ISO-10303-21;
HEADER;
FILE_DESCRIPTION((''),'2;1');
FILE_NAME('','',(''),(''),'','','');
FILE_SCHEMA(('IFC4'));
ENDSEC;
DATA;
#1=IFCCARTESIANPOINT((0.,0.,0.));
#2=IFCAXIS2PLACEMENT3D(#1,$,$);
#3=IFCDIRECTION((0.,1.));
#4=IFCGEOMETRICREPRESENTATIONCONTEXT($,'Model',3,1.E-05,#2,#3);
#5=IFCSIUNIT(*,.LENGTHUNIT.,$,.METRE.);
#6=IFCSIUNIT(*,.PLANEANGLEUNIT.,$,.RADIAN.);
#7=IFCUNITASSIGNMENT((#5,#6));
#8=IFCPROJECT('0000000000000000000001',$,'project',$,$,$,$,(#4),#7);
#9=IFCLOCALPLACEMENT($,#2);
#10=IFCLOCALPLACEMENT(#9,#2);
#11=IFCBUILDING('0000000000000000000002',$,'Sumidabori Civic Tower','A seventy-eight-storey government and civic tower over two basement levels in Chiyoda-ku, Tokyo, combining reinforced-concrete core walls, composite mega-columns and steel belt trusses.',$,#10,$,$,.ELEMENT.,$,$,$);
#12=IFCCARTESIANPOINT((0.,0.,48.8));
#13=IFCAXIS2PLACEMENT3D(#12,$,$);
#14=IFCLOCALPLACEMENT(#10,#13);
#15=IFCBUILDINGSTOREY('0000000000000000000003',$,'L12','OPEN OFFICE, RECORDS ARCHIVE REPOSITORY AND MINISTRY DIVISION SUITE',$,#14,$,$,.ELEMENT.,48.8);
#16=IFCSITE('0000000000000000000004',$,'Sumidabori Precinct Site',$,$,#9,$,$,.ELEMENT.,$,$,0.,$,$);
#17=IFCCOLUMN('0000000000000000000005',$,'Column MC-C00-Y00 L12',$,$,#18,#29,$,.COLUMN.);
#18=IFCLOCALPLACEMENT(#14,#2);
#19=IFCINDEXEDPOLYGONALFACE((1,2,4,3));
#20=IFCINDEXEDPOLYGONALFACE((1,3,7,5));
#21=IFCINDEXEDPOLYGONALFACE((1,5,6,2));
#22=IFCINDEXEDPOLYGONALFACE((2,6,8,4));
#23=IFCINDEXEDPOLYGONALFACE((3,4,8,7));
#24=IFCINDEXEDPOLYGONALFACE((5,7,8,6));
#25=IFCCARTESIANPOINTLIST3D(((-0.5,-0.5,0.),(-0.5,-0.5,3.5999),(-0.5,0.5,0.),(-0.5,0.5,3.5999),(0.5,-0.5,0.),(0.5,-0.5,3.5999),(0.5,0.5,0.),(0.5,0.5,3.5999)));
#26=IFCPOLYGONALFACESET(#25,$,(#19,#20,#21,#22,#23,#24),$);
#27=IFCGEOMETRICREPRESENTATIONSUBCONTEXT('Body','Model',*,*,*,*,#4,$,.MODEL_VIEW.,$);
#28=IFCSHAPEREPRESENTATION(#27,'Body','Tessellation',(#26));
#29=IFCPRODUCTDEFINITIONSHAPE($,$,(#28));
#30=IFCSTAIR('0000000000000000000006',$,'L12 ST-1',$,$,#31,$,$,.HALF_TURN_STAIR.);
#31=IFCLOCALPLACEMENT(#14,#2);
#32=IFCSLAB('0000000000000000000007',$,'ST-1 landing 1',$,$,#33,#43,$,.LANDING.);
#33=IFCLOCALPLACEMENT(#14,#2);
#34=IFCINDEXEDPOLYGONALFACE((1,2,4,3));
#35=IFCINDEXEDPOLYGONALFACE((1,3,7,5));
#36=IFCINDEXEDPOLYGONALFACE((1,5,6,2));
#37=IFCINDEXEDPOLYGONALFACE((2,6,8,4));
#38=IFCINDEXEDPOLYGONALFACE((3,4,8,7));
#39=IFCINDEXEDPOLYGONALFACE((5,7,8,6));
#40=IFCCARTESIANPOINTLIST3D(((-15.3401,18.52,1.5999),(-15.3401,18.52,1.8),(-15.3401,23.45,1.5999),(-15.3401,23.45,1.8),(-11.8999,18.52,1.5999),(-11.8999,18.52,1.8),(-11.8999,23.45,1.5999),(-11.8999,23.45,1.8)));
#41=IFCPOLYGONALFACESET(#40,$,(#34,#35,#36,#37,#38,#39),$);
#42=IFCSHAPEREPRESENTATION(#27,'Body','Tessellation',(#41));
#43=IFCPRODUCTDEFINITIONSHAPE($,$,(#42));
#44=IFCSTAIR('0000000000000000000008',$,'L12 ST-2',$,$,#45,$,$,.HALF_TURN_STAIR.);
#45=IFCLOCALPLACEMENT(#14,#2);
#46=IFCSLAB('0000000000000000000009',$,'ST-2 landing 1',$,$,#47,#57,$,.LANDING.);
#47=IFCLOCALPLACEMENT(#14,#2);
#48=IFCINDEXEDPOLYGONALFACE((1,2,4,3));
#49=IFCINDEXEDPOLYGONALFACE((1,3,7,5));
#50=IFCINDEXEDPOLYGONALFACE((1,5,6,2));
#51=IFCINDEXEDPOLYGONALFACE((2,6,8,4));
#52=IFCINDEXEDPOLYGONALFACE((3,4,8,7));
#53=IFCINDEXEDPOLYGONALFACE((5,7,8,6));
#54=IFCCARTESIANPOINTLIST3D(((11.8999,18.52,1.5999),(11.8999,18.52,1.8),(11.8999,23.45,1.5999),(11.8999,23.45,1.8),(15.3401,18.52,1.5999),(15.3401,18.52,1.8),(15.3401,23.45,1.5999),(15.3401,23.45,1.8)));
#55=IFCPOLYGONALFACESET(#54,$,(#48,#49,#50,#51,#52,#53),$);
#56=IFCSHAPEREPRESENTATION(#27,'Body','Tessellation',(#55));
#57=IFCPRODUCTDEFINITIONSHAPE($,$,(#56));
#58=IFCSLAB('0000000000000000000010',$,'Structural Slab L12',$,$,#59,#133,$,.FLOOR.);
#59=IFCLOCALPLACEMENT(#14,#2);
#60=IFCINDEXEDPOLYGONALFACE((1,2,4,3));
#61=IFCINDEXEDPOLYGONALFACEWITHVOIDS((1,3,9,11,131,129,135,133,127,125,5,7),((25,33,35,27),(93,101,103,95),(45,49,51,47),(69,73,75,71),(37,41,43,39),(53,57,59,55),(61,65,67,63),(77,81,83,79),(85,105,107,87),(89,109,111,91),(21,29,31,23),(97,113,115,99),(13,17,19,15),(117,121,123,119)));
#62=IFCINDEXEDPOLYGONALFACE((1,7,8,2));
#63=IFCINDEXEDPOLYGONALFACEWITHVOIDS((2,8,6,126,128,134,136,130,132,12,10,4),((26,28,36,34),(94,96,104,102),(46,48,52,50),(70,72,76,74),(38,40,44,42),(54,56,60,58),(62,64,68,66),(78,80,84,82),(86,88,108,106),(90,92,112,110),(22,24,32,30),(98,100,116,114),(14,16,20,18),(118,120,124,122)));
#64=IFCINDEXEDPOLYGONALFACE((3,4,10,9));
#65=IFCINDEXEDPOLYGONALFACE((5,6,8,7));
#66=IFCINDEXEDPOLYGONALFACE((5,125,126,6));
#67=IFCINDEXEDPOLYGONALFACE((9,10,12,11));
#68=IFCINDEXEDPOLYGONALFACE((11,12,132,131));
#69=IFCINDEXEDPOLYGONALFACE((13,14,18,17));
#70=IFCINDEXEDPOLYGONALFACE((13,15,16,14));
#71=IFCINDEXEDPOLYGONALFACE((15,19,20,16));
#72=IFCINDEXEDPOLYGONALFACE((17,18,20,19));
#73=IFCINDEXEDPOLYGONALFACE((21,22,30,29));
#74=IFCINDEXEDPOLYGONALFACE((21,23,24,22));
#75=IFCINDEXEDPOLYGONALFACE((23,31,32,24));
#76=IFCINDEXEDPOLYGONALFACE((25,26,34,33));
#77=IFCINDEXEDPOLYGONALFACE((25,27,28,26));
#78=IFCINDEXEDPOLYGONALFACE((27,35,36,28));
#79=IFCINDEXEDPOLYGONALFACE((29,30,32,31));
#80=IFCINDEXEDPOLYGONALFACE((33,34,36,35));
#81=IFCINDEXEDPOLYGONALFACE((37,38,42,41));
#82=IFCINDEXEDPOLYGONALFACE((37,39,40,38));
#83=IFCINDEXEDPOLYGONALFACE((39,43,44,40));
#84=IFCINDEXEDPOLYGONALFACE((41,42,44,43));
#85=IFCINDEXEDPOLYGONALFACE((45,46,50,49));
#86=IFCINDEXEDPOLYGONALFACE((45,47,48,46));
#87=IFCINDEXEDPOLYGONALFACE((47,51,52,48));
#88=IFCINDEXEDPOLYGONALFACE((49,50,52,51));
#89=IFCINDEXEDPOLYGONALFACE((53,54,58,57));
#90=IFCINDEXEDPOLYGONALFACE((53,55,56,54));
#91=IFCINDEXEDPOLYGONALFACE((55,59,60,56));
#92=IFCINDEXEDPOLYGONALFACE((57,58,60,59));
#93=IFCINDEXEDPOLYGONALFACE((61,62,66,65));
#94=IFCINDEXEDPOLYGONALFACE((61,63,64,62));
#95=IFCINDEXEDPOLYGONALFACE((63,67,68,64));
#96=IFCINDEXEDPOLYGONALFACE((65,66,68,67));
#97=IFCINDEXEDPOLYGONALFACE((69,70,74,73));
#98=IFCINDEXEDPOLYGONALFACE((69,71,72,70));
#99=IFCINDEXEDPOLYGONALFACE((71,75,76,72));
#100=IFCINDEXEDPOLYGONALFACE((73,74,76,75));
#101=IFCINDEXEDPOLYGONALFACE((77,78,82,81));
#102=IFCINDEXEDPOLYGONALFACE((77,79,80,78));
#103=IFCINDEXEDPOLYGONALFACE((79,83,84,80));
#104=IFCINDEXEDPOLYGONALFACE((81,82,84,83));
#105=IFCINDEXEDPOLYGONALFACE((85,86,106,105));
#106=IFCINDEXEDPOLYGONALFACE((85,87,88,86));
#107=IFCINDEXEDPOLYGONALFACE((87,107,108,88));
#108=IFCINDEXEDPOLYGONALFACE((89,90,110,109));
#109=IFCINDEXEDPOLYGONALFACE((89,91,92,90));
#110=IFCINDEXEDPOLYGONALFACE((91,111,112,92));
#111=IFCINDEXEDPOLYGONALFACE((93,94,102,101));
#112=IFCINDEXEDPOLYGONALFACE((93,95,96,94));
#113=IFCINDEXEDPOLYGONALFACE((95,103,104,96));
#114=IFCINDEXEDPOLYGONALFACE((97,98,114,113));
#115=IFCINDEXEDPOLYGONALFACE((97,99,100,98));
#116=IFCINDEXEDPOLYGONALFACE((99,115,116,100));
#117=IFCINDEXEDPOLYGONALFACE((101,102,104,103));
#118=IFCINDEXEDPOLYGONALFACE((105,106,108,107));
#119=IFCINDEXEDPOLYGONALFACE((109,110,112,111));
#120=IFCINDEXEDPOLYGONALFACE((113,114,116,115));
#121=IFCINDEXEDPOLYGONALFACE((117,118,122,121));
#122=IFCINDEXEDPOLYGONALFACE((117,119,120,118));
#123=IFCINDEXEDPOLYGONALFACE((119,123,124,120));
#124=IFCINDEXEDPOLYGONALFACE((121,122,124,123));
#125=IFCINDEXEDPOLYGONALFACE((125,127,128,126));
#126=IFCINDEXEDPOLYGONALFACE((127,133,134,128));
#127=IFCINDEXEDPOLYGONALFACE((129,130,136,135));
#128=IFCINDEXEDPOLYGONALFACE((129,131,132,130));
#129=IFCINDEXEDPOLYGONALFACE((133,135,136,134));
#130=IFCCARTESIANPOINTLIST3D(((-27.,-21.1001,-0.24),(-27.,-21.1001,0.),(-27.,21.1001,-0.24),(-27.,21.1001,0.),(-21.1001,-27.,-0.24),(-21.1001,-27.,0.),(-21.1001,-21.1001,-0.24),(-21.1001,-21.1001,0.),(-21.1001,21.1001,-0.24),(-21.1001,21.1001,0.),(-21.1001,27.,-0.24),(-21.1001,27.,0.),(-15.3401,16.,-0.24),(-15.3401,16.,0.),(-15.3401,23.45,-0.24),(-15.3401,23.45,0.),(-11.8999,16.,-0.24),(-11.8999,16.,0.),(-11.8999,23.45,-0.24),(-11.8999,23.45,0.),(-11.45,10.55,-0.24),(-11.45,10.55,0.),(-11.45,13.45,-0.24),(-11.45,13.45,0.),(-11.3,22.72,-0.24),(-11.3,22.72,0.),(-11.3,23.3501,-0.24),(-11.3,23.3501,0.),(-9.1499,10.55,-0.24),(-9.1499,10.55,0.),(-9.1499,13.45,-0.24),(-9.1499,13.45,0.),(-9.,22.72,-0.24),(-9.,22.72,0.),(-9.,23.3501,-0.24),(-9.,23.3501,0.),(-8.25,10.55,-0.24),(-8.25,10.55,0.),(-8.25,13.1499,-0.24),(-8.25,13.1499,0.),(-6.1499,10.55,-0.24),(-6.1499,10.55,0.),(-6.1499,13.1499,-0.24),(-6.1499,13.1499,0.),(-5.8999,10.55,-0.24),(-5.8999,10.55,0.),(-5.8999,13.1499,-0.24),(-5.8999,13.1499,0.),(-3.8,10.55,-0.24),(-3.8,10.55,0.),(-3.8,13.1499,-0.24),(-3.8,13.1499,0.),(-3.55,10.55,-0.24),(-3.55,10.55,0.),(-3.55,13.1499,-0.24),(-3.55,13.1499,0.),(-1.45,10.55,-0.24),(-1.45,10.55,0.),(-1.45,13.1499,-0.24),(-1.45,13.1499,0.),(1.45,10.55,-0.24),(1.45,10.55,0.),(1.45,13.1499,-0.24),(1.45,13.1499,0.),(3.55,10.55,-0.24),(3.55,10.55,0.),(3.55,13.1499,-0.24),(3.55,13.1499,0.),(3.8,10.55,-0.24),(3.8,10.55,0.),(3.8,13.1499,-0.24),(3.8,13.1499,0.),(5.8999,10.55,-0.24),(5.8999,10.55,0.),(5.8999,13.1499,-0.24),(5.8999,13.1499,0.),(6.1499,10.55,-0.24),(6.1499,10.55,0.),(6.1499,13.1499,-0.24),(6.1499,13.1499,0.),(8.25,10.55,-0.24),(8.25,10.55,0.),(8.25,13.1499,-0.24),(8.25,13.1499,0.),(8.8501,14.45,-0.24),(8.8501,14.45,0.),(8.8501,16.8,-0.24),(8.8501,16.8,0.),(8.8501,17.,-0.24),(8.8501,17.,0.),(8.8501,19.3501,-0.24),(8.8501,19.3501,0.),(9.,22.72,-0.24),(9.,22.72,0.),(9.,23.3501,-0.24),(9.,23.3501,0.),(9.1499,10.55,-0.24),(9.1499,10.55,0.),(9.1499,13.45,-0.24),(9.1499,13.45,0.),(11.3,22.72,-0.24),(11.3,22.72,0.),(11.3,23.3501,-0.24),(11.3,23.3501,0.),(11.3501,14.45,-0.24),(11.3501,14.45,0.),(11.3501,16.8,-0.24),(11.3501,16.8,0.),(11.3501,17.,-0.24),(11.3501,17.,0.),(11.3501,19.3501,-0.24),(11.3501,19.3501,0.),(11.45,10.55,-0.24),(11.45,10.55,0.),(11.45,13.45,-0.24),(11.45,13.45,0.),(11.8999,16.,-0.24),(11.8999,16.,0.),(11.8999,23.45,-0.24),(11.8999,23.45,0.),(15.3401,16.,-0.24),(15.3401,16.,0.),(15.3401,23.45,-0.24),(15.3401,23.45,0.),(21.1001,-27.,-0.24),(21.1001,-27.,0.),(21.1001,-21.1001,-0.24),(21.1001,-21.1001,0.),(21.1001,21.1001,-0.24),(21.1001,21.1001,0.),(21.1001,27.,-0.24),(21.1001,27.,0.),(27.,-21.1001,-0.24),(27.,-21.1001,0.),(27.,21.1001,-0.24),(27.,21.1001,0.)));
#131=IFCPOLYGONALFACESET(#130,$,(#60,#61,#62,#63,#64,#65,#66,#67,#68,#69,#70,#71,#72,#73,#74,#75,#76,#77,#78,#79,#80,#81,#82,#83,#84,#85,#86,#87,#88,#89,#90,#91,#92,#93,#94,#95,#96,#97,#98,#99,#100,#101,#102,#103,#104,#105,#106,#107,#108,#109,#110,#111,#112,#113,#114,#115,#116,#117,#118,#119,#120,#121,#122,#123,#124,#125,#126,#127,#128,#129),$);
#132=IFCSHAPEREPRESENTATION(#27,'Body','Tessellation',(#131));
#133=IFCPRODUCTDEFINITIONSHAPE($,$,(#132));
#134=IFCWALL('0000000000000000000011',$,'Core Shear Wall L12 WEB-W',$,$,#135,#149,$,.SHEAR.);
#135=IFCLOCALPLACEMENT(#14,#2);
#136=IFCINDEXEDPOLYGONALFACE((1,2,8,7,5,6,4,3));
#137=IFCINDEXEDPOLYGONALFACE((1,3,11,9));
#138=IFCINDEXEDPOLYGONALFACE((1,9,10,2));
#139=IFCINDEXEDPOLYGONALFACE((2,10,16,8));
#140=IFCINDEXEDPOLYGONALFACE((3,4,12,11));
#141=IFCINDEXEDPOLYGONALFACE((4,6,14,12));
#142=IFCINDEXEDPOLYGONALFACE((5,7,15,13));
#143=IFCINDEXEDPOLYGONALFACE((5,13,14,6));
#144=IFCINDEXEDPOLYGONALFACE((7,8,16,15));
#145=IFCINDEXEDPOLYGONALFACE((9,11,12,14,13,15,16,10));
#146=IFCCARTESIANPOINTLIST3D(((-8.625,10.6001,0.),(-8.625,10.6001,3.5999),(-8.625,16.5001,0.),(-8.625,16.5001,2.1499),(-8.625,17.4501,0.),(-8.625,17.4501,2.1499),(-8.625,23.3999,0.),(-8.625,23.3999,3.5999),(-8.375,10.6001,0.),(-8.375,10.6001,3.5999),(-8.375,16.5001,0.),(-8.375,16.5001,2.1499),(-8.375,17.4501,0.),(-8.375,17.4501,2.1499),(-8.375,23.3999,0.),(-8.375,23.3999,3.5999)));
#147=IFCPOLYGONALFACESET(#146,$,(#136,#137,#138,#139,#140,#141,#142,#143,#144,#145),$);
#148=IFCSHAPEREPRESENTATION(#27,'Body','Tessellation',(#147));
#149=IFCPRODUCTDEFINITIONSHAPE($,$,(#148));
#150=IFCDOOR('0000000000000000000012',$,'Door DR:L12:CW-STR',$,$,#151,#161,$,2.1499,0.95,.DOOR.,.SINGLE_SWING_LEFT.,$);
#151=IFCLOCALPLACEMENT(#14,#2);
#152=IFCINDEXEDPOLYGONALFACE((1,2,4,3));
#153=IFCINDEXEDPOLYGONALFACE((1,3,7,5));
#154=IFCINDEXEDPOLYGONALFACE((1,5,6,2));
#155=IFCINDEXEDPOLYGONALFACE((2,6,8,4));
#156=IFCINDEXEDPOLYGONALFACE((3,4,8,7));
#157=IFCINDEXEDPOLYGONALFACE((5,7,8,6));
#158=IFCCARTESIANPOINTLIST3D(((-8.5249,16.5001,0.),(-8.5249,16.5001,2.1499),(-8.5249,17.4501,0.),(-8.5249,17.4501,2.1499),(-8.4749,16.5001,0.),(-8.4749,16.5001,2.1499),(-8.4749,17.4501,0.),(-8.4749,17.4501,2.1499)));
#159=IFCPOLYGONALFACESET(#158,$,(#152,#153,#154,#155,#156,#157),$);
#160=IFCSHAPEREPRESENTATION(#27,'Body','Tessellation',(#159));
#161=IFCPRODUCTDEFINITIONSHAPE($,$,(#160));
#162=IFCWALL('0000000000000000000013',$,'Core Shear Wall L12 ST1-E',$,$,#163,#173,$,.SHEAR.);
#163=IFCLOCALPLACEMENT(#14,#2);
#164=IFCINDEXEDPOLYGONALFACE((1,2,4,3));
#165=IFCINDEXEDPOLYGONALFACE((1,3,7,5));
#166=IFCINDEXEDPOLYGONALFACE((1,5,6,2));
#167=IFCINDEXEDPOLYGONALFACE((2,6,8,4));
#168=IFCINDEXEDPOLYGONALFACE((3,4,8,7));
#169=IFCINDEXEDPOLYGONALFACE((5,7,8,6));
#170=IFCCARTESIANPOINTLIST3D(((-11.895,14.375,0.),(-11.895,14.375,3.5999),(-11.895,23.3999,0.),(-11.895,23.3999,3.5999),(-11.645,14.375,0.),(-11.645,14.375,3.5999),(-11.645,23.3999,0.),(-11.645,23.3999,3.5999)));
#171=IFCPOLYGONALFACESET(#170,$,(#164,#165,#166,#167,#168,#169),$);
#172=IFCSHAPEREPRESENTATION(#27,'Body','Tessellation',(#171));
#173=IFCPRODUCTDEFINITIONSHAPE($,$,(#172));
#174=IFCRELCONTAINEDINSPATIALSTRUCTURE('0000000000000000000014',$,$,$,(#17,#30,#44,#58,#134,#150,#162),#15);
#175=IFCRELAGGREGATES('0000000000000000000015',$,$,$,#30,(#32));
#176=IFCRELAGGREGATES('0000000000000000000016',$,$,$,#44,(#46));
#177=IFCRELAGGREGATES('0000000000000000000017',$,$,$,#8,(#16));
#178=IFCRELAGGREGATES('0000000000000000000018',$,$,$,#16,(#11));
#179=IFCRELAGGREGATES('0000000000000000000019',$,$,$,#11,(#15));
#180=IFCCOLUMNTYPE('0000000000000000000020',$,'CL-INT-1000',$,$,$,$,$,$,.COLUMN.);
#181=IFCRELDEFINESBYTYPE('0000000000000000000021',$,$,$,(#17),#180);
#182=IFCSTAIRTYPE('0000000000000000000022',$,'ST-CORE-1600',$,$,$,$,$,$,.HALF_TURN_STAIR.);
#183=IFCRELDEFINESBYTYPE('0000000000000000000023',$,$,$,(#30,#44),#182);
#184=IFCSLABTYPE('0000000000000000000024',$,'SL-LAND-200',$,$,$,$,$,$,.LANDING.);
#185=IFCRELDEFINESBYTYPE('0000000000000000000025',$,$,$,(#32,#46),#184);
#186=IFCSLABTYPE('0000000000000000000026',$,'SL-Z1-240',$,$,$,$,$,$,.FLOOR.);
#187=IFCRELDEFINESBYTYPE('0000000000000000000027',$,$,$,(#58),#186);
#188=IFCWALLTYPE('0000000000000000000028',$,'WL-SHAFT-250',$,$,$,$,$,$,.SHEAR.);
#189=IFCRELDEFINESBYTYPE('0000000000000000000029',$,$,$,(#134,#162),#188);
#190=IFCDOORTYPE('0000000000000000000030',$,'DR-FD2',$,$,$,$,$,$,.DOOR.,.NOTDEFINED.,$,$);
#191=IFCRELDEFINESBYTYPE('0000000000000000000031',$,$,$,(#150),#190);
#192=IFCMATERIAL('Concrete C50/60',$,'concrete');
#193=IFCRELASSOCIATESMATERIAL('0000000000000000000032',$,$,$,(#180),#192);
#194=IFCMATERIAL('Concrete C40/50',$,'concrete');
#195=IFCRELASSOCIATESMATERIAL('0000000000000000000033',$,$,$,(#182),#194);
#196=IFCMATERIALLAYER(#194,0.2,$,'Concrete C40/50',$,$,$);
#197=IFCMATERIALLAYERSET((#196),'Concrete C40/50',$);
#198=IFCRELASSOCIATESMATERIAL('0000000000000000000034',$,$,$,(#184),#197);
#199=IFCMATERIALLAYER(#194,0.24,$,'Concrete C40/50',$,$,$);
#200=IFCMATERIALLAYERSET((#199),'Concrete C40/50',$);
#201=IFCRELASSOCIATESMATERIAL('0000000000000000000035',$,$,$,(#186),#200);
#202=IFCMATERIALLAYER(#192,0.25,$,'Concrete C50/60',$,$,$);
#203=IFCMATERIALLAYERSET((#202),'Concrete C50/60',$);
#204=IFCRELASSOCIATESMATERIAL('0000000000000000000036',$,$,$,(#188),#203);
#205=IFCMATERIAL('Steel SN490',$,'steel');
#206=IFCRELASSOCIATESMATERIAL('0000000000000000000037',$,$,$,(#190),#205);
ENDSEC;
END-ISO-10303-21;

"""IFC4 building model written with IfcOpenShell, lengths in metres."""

from ifc_helpers import new_model, si_unit, direction, frame, frame_2d, origin, origin_with_axes, origin_2d, place, context, subcontext, project, spatial, polyline, rectangle, outline, extrude, source, transform, mapped, material, layer, layer_set, material_profile, profile_set, type_object, element, fill, aggregate, save


model = new_model("IFC4")

# Units and contexts
model_context = context("Model", 3, precision=1e-05, world=origin(), true_north=direction((0.0, 1.0)))
body_context = subcontext(model_context, "Body", "Model", "MODEL_VIEW")
ifc_project = project(units=[si_unit("LENGTHUNIT", "METRE"), si_unit("PLANEANGLEUNIT", "RADIAN")], contexts=[model_context])

# Site, building, storey
site_placement = place(None, origin())
site = spatial("IfcSite", under=ifc_project, at=site_placement, Name="Sumidabori Precinct Site", CompositionType="ELEMENT", RefElevation=0.0)
building_placement = place(site_placement, origin())
building = spatial("IfcBuilding", under=site, at=building_placement, Name="Sumidabori Civic Tower", Description="A seventy-eight-storey government and civic tower over two basement levels in Chiyoda-ku, Tokyo, combining reinforced-concrete core walls, composite mega-columns and steel belt trusses.", CompositionType="ELEMENT")
storey_placement = place(building_placement, frame((0.0, 0.0, 48.8)))
storey = spatial("IfcBuildingStorey", under=building, at=storey_placement, Name="L12", Description="OPEN OFFICE, RECORDS ARCHIVE REPOSITORY AND MINISTRY DIVISION SUITE", CompositionType="ELEMENT", Elevation=48.8)

# Column
ifc_material_1 = material(Name="Concrete C50/60", Category="concrete")
ifc_material_profile = material_profile(ifc_material_1, rectangle(XDim=1.0, YDim=1.0, at=origin_2d()), Name="RC 1000x1000")
ifc_profile_set = profile_set([ifc_material_profile], Name="Concrete C50/60")
column_type = type_object("IfcColumnType", Name="CL-INT-1000", PredefinedType="COLUMN", material=ifc_profile_set)
shared_shape_1 = source(origin(), body_context, "Body", "SweptSolid", [
    extrude(rectangle(XDim=1.0, YDim=1.0, at=origin_2d()), origin(), (0.0, 0.0, 1.0), 3.5999),
])
column_placement = place(storey_placement, origin_with_axes())
element("IfcColumn", 1, at=column_placement, inside=storey, type_object=column_type, Name="Column MC-C00-Y00 L12", PredefinedType="COLUMN", context=body_context, shape_type="MappedRepresentation", body=[
    mapped(shared_shape_1, transform((0.0, 0.0, 0.0), x_axis=(1.0, 0.0, 0.0), y_axis=(0.0, 1.0, 0.0), z_axis=(0.0, 0.0, 1.0), scale=1.0)),
])

# Stairs, slabs
ifc_material_2 = material(Name="Concrete C40/50", Category="concrete")
stair_type = type_object("IfcStairType", Name="ST-CORE-1600", PredefinedType="HALF_TURN_STAIR", material=ifc_material_2)
stair_1_placement = place(storey_placement, origin())
stair_1 = element("IfcStair", 2, at=stair_1_placement, inside=storey, type_object=stair_type, Name="L12 ST-1", PredefinedType="HALF_TURN_STAIR")
ifc_layer_1 = layer(ifc_material_2, 0.2, Name="Concrete C40/50")
ifc_layer_set_1 = layer_set([ifc_layer_1], Name="Concrete C40/50")
slab_type_1 = type_object("IfcSlabType", Name="SL-LAND-200", PredefinedType="LANDING", material=ifc_layer_set_1)
slab_1_placement = place(storey_placement, frame((0.0, 0.0, 1.5999)))
slab_1 = element("IfcSlab", 3, at=slab_1_placement, type_object=slab_type_1, Name="ST-1 landing 1", PredefinedType="LANDING", context=body_context, shape_type="SweptSolid", body=[
    extrude(outline(polyline([(-11.8999, 18.52), (-11.8999, 23.45), (-15.3401, 23.45), (-15.3401, 18.52), (-11.8999, 18.52)])), origin(), (0.0, 0.0, 1.0), 0.2002),
])
aggregate(stair_1, [slab_1])
stair_2_placement = place(storey_placement, origin())
stair_2 = element("IfcStair", 4, at=stair_2_placement, inside=storey, type_object=stair_type, Name="L12 ST-2", PredefinedType="HALF_TURN_STAIR")
slab_2_placement = place(storey_placement, frame((0.0, 0.0, 1.5999)))
slab_2 = element("IfcSlab", 5, at=slab_2_placement, type_object=slab_type_1, Name="ST-2 landing 1", PredefinedType="LANDING", context=body_context, shape_type="SweptSolid", body=[
    extrude(outline(polyline([(15.3401, 18.52), (15.3401, 23.45), (11.8999, 23.45), (11.8999, 18.52), (15.3401, 18.52)])), origin(), (0.0, 0.0, 1.0), 0.2002),
])
aggregate(stair_2, [slab_2])

# Slab
ifc_layer_2 = layer(ifc_material_2, 0.24, Name="Concrete C40/50")
ifc_layer_set_2 = layer_set([ifc_layer_2], Name="Concrete C40/50")
slab_type_2 = type_object("IfcSlabType", Name="SL-Z1-240", PredefinedType="FLOOR", material=ifc_layer_set_2)
slab_3_placement = place(storey_placement, frame((0.0, 0.0, -0.24)))
element("IfcSlab", 6, at=slab_3_placement, inside=storey, type_object=slab_type_2, Name="Structural Slab L12", PredefinedType="FLOOR", context=body_context, shape_type="SweptSolid", body=[
    extrude(outline(polyline([(-21.1001, -27.0), (21.1001, -27.0), (21.1001, -21.1001), (27.0, -21.1001), (27.0, 21.1001), (21.1001, 21.1001), (21.1001, 27.0), (-21.1001, 27.0), (-21.1001, 21.1001), (-27.0, 21.1001), (-27.0, -21.1001), (-21.1001, -21.1001), (-21.1001, -27.0)]), holes=[polyline([(-11.8999, 16.0), (-11.8999, 23.45), (-15.3401, 23.45), (-15.3401, 16.0), (-11.8999, 16.0)]), polyline([(15.3401, 16.0), (15.3401, 23.45), (11.8999, 23.45), (11.8999, 16.0), (15.3401, 16.0)]), polyline([(-11.45, 10.55), (-9.1499, 10.55), (-9.1499, 13.45), (-11.45, 13.45), (-11.45, 10.55)]), polyline([(9.1499, 10.55), (11.45, 10.55), (11.45, 13.45), (9.1499, 13.45), (9.1499, 10.55)]), polyline([(-8.25, 10.55), (-6.1499, 10.55), (-6.1499, 13.1499), (-8.25, 13.1499), (-8.25, 10.55)]), polyline([(-5.8999, 10.55), (-3.8, 10.55), (-3.8, 13.1499), (-5.8999, 13.1499), (-5.8999, 10.55)]), polyline([(-3.55, 10.55), (-1.45, 10.55), (-1.45, 13.1499), (-3.55, 13.1499), (-3.55, 10.55)]), polyline([(1.45, 10.55), (3.55, 10.55), (3.55, 13.1499), (1.45, 13.1499), (1.45, 10.55)]), polyline([(3.8, 10.55), (5.8999, 10.55), (5.8999, 13.1499), (3.8, 13.1499), (3.8, 10.55)]), polyline([(6.1499, 10.55), (8.25, 10.55), (8.25, 13.1499), (6.1499, 13.1499), (6.1499, 10.55)]), polyline([(8.8501, 14.45), (11.3501, 14.45), (11.3501, 16.8), (8.8501, 16.8), (8.8501, 14.45)]), polyline([(8.8501, 17.0), (11.3501, 17.0), (11.3501, 19.3501), (8.8501, 19.3501), (8.8501, 17.0)]), polyline([(-11.3, 22.72), (-9.0, 22.72), (-9.0, 23.3501), (-11.3, 23.3501), (-11.3, 22.72)]), polyline([(9.0, 22.72), (11.3, 22.72), (11.3, 23.3501), (9.0, 23.3501), (9.0, 22.72)])]), origin(), (0.0, 0.0, 1.0), 0.24),
])

# Wall, opening, door
ifc_layer_3 = layer(ifc_material_1, 0.25, Name="Concrete C50/60")
ifc_layer_set_3 = layer_set([ifc_layer_3], Name="Concrete C50/60")
wall_type_1 = type_object("IfcWallType", Name="WL-SHAFT-250", PredefinedType="SHEAR", material=ifc_layer_set_3)
shared_shape_2 = source(origin(), body_context, "Body", "SweptSolid", [
    extrude(rectangle(XDim=12.7998, YDim=0.25, at=frame_2d((6.3999, 0.0))), origin(), (0.0, 0.0, 1.0), 3.5999),
])
wall_1_placement = place(storey_placement, frame((-8.5, 10.6001, 0.0), z_axis=(0.0, 0.0, 1.0), x_axis=(0.0, 1.0, 0.0)))
wall_1 = element("IfcWall", 7, at=wall_1_placement, inside=storey, type_object=wall_type_1, Name="Core Shear Wall L12 WEB-W", PredefinedType="SHEAR", context=body_context, shape_type="MappedRepresentation", body=[
    mapped(shared_shape_2, transform((0.0, 0.0, 0.0), x_axis=(1.0, 0.0, 0.0), y_axis=(0.0, 1.0, 0.0), z_axis=(0.0, 0.0, 1.0), scale=1.0)),
])
opening_1_placement = place(wall_1_placement, frame((5.8999, 0.0, 0.0)))
opening_1 = element("IfcOpeningElement", 8, at=opening_1_placement, cuts=wall_1, PredefinedType="OPENING", context=body_context, shape_type="SweptSolid", body=[
    extrude(rectangle(XDim=0.95, YDim=2.1499, at=frame_2d((0.4751, 1.075))), frame((0.0, 0.137, 0.0), z_axis=(0.0, -1.0, 0.0), x_axis=(1.0, 0.0, 0.0)), (0.0, 0.0, 1.0), 0.2739),
])
ifc_material_3 = material(Name="Steel SN490", Category="steel")
door_type_1 = type_object("IfcDoorType", Name="DR-FD2", OperationType="NOTDEFINED", PredefinedType="DOOR", material=ifc_material_3)
shared_shape_3 = source(origin(), body_context, "Body", "SweptSolid", [
    extrude(rectangle(XDim=0.95, YDim=2.1499, at=frame_2d((0.4751, 1.075))), frame((0.0, 0.0249, 0.0), z_axis=(0.0, -1.0, 0.0), x_axis=(1.0, 0.0, 0.0)), (0.0, 0.0, 1.0), 0.05),
])
door_1_placement = place(opening_1_placement, origin())
door_1 = element("IfcDoor", 9, at=door_1_placement, inside=storey, type_object=door_type_1, Name="Door DR:L12:CW-STR", OperationType="SINGLE_SWING_LEFT", OverallHeight=2.1499, OverallWidth=0.95, PredefinedType="DOOR", context=body_context, shape_type="MappedRepresentation", body=[
    mapped(shared_shape_3, transform((0.0, 0.0, 0.0), x_axis=(1.0, 0.0, 0.0), y_axis=(0.0, 1.0, 0.0), z_axis=(0.0, 0.0, 1.0), scale=1.0)),
])
fill(opening_1, door_1)

# Wall
shared_shape_4 = source(origin(), body_context, "Body", "SweptSolid", [
    extrude(rectangle(XDim=9.0249, YDim=0.25, at=frame_2d((4.5125, 0.0))), origin(), (0.0, 0.0, 1.0), 3.5999),
])
wall_2_placement = place(storey_placement, frame((-11.77, 14.375, 0.0), z_axis=(0.0, 0.0, 1.0), x_axis=(0.0, 1.0, 0.0)))
element("IfcWall", 10, at=wall_2_placement, inside=storey, type_object=wall_type_1, Name="Core Shear Wall L12 ST1-E", PredefinedType="SHEAR", context=body_context, shape_type="MappedRepresentation", body=[
    mapped(shared_shape_4, transform((0.0, 0.0, 0.0), x_axis=(1.0, 0.0, 0.0), y_axis=(0.0, 1.0, 0.0), z_axis=(0.0, 0.0, 1.0), scale=1.0)),
])

save(model, "model.ifc")
